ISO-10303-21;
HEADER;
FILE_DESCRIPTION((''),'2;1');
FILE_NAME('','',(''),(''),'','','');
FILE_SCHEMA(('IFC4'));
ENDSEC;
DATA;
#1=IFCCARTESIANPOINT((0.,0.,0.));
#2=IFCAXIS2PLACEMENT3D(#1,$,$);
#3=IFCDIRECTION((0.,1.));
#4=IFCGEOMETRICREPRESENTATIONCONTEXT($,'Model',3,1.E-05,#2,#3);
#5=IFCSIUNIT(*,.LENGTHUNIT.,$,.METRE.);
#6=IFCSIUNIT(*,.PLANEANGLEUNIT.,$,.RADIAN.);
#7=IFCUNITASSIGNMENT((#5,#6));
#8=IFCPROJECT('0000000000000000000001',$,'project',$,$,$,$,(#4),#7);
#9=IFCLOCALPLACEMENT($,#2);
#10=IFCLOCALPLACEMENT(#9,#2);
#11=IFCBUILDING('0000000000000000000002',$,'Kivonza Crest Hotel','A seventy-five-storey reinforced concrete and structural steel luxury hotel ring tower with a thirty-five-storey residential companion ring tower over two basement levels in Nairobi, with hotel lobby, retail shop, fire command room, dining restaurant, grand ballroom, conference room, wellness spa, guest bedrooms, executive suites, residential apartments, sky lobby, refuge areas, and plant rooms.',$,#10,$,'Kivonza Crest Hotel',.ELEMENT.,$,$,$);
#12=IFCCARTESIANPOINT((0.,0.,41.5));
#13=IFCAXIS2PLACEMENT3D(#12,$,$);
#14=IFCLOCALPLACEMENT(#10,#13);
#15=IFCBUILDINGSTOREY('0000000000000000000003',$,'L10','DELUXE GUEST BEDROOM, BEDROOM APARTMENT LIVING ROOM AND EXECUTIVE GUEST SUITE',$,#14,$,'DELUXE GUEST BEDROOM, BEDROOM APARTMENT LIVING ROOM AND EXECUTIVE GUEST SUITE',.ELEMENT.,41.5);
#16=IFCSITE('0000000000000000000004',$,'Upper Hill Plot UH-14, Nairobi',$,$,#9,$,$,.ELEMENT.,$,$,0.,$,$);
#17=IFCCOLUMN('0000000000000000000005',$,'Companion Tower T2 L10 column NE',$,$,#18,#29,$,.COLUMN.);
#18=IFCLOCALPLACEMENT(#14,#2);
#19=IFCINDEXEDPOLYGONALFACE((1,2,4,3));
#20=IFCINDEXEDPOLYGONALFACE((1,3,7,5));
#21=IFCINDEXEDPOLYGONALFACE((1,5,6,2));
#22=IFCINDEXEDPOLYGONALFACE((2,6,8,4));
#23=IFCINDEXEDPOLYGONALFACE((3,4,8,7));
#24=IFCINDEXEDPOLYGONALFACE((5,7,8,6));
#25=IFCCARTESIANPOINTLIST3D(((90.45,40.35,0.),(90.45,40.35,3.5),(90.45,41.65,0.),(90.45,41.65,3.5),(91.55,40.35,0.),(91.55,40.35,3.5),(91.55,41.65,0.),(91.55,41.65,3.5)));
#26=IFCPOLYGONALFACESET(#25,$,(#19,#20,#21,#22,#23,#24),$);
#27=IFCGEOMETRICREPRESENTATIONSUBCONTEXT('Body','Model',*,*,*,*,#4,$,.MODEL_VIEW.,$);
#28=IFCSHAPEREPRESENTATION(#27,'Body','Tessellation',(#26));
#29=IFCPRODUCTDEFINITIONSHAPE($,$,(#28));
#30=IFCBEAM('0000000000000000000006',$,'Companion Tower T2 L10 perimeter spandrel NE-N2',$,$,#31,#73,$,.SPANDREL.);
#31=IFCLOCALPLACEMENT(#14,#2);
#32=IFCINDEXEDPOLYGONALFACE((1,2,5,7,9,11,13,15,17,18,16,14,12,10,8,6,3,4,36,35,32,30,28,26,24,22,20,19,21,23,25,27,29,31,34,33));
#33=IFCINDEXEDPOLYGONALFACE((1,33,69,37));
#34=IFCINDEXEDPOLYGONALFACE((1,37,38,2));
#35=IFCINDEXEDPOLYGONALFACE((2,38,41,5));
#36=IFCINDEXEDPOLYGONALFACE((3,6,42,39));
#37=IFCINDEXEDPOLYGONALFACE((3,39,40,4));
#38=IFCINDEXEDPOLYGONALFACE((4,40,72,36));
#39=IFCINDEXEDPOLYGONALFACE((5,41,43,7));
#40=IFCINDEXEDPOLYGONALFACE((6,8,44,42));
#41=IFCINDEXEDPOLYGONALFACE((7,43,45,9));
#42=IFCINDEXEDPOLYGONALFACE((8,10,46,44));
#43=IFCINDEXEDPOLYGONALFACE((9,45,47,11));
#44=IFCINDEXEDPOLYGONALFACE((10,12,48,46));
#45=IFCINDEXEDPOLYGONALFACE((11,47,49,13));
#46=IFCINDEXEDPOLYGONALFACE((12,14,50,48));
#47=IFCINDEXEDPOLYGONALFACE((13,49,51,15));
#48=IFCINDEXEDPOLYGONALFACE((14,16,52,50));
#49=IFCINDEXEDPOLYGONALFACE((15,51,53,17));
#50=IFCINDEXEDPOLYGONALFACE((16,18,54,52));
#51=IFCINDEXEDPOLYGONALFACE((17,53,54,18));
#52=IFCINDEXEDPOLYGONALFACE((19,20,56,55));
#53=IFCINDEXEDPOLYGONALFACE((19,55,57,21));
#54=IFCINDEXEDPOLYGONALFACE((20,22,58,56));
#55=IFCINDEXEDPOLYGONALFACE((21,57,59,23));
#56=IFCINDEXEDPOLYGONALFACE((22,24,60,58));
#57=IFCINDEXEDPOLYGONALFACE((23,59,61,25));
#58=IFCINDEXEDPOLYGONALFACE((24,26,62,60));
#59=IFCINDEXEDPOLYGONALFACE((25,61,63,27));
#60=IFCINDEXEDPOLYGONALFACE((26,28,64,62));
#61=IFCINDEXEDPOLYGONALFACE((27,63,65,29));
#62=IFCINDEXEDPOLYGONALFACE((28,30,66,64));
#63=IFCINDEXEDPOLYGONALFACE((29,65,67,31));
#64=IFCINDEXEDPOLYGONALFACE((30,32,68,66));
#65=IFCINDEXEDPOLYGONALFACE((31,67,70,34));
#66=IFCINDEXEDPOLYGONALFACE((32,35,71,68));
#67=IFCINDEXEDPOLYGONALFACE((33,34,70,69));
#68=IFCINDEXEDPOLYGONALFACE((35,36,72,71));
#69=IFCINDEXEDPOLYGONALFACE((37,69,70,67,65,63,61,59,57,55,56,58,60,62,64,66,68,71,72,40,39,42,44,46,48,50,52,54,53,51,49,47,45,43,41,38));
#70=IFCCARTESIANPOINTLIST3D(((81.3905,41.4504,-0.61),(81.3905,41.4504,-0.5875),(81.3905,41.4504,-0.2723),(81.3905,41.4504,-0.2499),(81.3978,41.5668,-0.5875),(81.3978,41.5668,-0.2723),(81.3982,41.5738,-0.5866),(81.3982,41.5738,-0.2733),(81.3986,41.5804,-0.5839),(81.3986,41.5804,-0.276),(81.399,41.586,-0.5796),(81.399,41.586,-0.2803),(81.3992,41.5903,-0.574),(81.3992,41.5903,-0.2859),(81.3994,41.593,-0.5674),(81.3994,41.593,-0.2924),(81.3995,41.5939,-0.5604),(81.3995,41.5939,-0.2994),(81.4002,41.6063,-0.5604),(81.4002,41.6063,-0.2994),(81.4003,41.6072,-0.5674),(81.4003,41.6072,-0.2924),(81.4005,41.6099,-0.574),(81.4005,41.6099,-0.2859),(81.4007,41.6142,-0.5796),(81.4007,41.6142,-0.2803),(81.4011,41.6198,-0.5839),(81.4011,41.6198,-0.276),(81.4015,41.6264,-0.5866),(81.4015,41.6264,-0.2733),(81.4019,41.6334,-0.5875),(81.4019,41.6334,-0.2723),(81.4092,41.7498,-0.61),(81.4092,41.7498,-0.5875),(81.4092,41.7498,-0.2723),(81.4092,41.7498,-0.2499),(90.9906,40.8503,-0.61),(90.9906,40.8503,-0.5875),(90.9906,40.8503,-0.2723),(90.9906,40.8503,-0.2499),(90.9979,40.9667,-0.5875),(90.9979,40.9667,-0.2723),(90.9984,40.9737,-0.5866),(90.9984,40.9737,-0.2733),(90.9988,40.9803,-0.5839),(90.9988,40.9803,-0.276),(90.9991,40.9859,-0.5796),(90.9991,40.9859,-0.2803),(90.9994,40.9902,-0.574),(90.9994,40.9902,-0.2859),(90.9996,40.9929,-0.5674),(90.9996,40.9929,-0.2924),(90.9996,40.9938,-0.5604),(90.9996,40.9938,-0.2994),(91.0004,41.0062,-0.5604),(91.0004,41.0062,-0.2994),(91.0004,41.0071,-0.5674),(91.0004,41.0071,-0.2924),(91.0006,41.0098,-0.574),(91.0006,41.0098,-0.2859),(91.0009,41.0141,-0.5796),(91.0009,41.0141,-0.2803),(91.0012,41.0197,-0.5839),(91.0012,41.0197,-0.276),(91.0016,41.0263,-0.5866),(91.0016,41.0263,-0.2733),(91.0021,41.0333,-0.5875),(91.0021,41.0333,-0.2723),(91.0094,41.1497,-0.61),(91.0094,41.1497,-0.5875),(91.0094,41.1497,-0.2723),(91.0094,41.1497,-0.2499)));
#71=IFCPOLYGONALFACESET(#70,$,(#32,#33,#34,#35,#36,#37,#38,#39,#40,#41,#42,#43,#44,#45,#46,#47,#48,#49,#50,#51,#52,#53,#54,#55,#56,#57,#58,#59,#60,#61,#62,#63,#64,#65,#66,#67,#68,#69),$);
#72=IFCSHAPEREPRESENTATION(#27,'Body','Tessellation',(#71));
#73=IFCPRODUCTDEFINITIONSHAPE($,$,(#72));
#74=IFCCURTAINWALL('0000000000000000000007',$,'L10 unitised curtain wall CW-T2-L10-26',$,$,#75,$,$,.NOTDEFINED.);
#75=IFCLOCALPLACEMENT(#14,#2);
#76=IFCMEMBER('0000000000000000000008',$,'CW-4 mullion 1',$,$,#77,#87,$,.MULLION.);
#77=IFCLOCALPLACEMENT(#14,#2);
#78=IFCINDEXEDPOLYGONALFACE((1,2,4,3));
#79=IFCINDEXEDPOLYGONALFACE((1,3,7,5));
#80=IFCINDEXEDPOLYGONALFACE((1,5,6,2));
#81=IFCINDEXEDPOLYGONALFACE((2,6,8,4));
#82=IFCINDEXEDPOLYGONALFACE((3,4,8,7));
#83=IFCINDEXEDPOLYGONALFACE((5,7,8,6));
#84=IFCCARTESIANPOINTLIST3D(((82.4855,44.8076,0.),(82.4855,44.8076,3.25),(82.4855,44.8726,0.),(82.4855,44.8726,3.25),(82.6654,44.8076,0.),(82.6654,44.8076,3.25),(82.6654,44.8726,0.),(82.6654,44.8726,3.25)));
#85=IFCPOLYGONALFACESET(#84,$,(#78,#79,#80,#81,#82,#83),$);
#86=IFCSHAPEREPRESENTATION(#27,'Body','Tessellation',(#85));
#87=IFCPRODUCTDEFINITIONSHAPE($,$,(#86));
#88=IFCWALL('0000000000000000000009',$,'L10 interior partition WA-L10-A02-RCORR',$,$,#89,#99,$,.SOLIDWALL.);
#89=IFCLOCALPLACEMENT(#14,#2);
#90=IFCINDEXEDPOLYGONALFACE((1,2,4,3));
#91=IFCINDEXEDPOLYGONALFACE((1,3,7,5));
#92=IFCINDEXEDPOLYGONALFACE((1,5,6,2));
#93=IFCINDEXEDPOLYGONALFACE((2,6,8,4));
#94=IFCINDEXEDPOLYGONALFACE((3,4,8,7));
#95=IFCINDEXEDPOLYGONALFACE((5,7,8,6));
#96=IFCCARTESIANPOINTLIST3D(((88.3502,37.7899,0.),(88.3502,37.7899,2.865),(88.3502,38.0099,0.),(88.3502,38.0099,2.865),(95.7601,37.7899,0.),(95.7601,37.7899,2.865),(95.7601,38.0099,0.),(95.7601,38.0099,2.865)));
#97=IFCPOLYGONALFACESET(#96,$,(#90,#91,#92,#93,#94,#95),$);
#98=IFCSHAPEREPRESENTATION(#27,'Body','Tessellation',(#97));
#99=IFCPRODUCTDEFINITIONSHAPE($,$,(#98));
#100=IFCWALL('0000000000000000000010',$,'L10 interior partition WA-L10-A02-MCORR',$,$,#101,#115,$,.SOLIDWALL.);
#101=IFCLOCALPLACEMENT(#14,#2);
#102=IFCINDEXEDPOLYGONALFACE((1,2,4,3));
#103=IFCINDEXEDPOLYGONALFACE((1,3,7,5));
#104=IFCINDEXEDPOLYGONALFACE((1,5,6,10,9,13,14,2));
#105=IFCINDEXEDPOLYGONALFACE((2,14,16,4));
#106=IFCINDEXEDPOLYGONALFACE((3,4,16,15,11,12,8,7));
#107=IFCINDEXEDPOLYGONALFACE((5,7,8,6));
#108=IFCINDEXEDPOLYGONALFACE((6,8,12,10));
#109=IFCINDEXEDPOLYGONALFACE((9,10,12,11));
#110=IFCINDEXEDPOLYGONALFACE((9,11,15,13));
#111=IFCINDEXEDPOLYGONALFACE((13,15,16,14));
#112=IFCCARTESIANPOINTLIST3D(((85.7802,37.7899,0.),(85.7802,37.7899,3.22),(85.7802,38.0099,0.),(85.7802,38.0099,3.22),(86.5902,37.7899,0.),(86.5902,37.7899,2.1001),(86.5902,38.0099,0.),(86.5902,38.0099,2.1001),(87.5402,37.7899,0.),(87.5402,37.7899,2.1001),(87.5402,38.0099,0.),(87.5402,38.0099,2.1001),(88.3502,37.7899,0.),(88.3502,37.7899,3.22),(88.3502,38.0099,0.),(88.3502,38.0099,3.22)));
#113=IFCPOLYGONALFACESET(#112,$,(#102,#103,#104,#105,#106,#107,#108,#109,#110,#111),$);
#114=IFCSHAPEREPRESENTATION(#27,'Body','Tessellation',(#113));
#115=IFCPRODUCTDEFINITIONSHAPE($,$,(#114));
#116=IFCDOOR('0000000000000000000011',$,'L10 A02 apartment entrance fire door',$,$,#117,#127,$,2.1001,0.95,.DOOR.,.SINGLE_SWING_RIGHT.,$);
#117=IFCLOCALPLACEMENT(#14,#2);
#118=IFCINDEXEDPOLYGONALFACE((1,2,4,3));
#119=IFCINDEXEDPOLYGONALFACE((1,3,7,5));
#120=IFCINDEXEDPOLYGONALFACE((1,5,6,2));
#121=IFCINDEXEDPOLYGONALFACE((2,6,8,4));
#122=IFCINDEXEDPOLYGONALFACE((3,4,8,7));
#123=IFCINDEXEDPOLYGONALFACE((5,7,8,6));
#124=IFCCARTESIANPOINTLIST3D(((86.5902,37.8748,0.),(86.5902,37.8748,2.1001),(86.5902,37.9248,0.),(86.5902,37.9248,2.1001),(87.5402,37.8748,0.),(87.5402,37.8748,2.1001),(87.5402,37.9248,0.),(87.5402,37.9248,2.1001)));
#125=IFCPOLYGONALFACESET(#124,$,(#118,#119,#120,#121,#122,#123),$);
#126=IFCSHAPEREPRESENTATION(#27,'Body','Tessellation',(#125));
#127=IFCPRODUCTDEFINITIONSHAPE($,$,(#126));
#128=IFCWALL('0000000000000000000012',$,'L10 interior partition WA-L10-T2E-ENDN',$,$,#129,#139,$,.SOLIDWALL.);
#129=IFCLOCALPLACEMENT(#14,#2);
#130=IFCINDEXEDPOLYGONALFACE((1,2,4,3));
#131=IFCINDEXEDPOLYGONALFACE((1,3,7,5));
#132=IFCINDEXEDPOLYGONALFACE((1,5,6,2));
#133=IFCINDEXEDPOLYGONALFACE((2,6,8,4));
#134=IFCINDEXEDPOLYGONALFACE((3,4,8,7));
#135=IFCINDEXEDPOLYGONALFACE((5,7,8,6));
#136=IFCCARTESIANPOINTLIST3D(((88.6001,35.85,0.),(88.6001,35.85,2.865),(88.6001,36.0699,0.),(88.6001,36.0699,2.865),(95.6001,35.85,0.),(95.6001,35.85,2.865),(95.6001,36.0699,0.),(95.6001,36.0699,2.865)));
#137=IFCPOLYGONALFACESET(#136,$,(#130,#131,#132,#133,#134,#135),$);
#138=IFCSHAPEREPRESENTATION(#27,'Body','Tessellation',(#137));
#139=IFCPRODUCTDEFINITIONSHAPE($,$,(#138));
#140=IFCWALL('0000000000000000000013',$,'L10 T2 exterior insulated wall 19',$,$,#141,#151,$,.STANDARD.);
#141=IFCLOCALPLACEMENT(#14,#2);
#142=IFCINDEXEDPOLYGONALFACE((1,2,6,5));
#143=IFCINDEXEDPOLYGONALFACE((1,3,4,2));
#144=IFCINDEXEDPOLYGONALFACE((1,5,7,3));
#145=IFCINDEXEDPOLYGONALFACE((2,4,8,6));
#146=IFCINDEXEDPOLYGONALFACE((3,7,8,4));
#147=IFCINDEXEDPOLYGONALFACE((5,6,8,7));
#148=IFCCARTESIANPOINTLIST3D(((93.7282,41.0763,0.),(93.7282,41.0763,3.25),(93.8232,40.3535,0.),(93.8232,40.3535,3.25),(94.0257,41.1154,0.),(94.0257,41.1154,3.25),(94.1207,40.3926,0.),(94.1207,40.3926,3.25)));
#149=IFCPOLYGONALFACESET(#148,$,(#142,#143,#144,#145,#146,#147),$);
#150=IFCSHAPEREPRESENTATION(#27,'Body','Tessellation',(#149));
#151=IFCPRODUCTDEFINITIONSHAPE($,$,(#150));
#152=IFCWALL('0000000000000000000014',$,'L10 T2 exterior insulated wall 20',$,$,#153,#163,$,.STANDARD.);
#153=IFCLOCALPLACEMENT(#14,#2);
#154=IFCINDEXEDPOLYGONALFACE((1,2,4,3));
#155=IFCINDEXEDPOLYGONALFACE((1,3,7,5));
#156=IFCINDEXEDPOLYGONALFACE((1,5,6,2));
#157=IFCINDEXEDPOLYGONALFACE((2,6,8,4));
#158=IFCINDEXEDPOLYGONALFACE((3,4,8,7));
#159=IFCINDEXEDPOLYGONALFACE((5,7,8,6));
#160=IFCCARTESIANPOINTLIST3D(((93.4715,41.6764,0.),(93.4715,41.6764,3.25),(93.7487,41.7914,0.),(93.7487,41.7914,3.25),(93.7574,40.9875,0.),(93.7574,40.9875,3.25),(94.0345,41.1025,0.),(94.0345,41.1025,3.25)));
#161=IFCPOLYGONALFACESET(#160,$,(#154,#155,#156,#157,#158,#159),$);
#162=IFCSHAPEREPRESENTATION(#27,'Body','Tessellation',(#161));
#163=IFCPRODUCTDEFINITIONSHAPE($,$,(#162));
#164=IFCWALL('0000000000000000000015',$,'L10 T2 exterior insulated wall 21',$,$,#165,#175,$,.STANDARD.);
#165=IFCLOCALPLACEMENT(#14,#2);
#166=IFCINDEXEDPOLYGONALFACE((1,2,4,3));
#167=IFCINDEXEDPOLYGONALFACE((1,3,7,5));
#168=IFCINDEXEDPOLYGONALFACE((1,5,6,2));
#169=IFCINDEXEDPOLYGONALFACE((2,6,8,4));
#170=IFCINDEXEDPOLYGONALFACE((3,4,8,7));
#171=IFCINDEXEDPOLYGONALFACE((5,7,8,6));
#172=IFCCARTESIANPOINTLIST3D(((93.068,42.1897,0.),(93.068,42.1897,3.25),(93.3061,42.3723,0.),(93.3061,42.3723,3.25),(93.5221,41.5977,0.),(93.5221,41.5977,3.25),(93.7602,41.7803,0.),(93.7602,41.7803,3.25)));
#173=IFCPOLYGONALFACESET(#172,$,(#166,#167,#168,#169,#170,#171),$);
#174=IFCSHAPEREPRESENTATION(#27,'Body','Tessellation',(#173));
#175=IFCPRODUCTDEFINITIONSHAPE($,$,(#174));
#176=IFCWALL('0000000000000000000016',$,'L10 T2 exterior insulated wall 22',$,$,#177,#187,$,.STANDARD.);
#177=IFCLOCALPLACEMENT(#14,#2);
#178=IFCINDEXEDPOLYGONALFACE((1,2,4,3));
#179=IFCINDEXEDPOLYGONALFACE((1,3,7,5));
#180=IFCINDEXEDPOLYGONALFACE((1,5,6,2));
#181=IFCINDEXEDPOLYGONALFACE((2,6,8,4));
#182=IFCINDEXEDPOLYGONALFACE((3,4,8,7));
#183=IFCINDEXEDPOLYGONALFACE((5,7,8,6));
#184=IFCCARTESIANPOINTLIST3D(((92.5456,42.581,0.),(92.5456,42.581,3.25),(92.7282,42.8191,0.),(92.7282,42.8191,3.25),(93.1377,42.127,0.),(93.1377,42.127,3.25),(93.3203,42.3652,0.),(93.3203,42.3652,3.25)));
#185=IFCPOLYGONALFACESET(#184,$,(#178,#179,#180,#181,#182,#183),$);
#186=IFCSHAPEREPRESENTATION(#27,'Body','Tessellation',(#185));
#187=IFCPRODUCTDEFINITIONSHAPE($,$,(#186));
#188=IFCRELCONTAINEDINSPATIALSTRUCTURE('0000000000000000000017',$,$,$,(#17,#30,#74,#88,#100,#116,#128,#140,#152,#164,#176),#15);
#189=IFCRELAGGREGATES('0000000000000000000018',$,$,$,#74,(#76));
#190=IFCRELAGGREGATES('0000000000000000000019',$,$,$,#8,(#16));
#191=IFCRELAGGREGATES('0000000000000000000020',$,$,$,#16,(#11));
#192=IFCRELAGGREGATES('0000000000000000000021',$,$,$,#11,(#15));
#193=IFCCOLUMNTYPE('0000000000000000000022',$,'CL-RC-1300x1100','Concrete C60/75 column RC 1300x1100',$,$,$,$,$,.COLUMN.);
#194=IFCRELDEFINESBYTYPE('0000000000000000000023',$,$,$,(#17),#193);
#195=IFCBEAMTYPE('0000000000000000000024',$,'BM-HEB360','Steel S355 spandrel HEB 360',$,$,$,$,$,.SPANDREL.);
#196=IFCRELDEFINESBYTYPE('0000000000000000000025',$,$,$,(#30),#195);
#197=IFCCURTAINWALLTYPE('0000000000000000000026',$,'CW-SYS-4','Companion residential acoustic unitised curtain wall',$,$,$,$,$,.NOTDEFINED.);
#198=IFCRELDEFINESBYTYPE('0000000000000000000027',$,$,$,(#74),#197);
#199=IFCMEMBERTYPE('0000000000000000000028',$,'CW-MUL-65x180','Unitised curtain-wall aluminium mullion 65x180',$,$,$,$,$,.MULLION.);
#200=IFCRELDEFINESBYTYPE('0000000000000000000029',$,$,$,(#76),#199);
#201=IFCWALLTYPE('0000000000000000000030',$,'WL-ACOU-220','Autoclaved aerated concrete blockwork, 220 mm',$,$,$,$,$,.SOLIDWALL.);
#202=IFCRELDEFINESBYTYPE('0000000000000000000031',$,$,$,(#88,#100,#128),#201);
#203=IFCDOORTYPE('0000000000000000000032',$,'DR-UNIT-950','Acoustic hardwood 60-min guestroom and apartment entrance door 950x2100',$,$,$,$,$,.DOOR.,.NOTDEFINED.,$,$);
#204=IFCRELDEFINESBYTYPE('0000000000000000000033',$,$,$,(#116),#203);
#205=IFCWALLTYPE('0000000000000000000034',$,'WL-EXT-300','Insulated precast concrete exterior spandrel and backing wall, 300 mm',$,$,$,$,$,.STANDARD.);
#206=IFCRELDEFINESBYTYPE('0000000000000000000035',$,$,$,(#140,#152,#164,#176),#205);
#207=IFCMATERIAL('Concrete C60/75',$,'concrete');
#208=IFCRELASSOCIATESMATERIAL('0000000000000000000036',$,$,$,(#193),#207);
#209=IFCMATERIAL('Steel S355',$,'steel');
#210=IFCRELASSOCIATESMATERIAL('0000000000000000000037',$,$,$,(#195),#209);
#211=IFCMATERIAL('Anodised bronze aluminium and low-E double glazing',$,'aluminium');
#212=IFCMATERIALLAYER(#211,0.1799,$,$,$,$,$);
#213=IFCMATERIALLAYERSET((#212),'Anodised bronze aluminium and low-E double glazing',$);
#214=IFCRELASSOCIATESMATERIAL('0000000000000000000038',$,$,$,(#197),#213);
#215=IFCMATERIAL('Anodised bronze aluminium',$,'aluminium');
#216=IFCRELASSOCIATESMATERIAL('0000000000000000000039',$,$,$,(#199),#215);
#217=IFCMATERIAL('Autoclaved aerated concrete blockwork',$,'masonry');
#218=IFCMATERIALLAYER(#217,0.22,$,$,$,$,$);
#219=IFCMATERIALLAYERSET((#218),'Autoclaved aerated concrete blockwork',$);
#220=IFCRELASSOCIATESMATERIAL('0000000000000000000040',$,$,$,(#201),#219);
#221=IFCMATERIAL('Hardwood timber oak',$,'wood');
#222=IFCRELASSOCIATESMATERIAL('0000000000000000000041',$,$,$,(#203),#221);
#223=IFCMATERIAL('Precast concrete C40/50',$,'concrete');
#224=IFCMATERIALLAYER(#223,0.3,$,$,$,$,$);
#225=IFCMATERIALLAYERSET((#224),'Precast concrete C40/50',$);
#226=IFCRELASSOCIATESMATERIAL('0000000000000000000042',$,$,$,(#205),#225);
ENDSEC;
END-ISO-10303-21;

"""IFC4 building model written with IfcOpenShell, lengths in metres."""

from ifc_helpers import new_model, si_unit, direction, frame, frame_2d, origin, origin_2d, place, context, subcontext, project, spatial, rectangle, i_section, extrude, material, layer, layer_set, material_profile, profile_set, type_object, element, fill, aggregate, save


model = new_model("IFC4")

# Units and contexts
model_context = context("Model", 3, precision=1e-05, world=origin(), true_north=direction((0.0, 1.0)))
body_context = subcontext(model_context, "Body", "Model", "MODEL_VIEW")
ifc_project = project(units=[si_unit("LENGTHUNIT", "METRE"), si_unit("PLANEANGLEUNIT", "RADIAN")], contexts=[model_context])

# Site, building, storey
site_placement = place(None, origin())
site = spatial("IfcSite", under=ifc_project, at=site_placement, Name="Upper Hill Plot UH-14, Nairobi", CompositionType="ELEMENT", RefElevation=0.0)
building_placement = place(site_placement, origin())
building = spatial("IfcBuilding", under=site, at=building_placement, Name="Kivonza Crest Hotel", Description="A seventy-five-storey reinforced concrete and structural steel luxury hotel ring tower with a thirty-five-storey residential companion ring tower over two basement levels in Nairobi, with hotel lobby, retail shop, fire command room, dining restaurant, grand ballroom, conference room, wellness spa, guest bedrooms, executive suites, residential apartments, sky lobby, refuge areas, and plant rooms.", LongName="Kivonza Crest Hotel", CompositionType="ELEMENT")
storey_placement = place(building_placement, frame((0.0, 0.0, 41.5)))
storey = spatial("IfcBuildingStorey", under=building, at=storey_placement, Name="L10", Description="DELUXE GUEST BEDROOM, BEDROOM APARTMENT LIVING ROOM AND EXECUTIVE GUEST SUITE", LongName="DELUXE GUEST BEDROOM, BEDROOM APARTMENT LIVING ROOM AND EXECUTIVE GUEST SUITE", CompositionType="ELEMENT", Elevation=41.5)

# Column
ifc_material_1 = material(Name="Concrete C60/75", Category="concrete")
ifc_material_profile_1 = material_profile(ifc_material_1, rectangle(XDim=1.1001, YDim=1.3, at=origin_2d()), Name="RC 1300x1100")
ifc_profile_set_1 = profile_set([ifc_material_profile_1], Name="Concrete C60/75")
column_type = type_object("IfcColumnType", Name="CL-RC-1300x1100", Description="Concrete C60/75 column RC 1300x1100", PredefinedType="COLUMN", material=ifc_profile_set_1)
column_placement = place(storey_placement, frame((91.0, 41.0, 0.0), z_axis=(0.0, 0.0, 1.0), x_axis=(1.0, 0.0, 0.0)))
element("IfcColumn", 1, at=column_placement, inside=storey, type_object=column_type, Name="Companion Tower T2 L10 column NE", PredefinedType="COLUMN", context=body_context, shape_type="SweptSolid", body=[
    extrude(rectangle(XDim=1.1001, YDim=1.3, at=origin_2d()), origin(), (0.0, 0.0, 1.0), 3.5),
])

# Beam
ifc_material_2 = material(Name="Steel S355", Category="steel")
ifc_material_profile_2 = material_profile(ifc_material_2, i_section(OverallWidth=0.3, OverallDepth=0.3601, WebThickness=0.0125, FlangeThickness=0.0225, FilletRadius=0.0271, at=origin_2d()), Name="HEB 360")
ifc_profile_set_2 = profile_set([ifc_material_profile_2], Name="Steel S355")
beam_type = type_object("IfcBeamType", Name="BM-HEB360", Description="Steel S355 spandrel HEB 360", PredefinedType="SPANDREL", material=ifc_profile_set_2)
beam_placement = place(storey_placement, frame((91.0, 41.0, -0.4299), z_axis=(-0.998052, 0.062388, 0.0), x_axis=(-0.062388, -0.998052, 0.0)))
element("IfcBeam", 2, at=beam_placement, inside=storey, type_object=beam_type, Name="Companion Tower T2 L10 perimeter spandrel NE-N2", PredefinedType="SPANDREL", context=body_context, shape_type="SweptSolid", body=[
    extrude(i_section(OverallWidth=0.3, OverallDepth=0.3601, WebThickness=0.0125, FlangeThickness=0.0225, FilletRadius=0.0271, at=origin_2d()), origin(), (0.0, 0.0, 1.0), 9.6189),
])

# Curtain wall, member
ifc_material_3 = material(Name="Anodised bronze aluminium and low-E double glazing", Category="aluminium")
ifc_layer_1 = layer(ifc_material_3, 0.1799)
ifc_layer_set_1 = layer_set([ifc_layer_1], Name="Anodised bronze aluminium and low-E double glazing")
curtain_wall_type = type_object("IfcCurtainWallType", Name="CW-SYS-4", Description="Companion residential acoustic unitised curtain wall", PredefinedType="NOTDEFINED", material=ifc_layer_set_1)
curtain_wall_placement = place(storey_placement, origin())
curtain_wall = element("IfcCurtainWall", 3, at=curtain_wall_placement, inside=storey, type_object=curtain_wall_type, Name="L10 unitised curtain wall CW-T2-L10-26", PredefinedType="NOTDEFINED")
ifc_material_4 = material(Name="Anodised bronze aluminium", Category="aluminium")
ifc_material_profile_3 = material_profile(ifc_material_4, rectangle(XDim=0.0649, YDim=0.1799, at=origin_2d()), Name="CW-M 65x180")
ifc_profile_set_3 = profile_set([ifc_material_profile_3], Name="Anodised bronze aluminium")
member_type = type_object("IfcMemberType", Name="CW-MUL-65x180", Description="Unitised curtain-wall aluminium mullion 65x180", PredefinedType="MULLION", material=ifc_profile_set_3)
member_placement = place(storey_placement, frame((82.5754, 44.8401, 0.0), z_axis=(0.0, 0.0, 1.0), x_axis=(0.0, -1.0, 0.0)))
member = element("IfcMember", 4, at=member_placement, type_object=member_type, Name="CW-4 mullion 1", PredefinedType="MULLION", context=body_context, shape_type="SweptSolid", body=[
    extrude(rectangle(XDim=0.0649, YDim=0.1799, at=origin_2d()), origin(), (0.0, 0.0, 1.0), 3.25),
])
aggregate(curtain_wall, [member])

# Wall
ifc_material_5 = material(Name="Autoclaved aerated concrete blockwork", Category="masonry")
ifc_layer_2 = layer(ifc_material_5, 0.22)
ifc_layer_set_2 = layer_set([ifc_layer_2], Name="Autoclaved aerated concrete blockwork")
wall_type_1 = type_object("IfcWallType", Name="WL-ACOU-220", Description="Autoclaved aerated concrete blockwork, 220 mm", PredefinedType="SOLIDWALL", material=ifc_layer_set_2)
wall_1_placement = place(storey_placement, frame((88.3501, 37.8999, 0.0), z_axis=(0.0, 0.0, 1.0), x_axis=(1.0, 0.0, 0.0)))
element("IfcWall", 5, at=wall_1_placement, inside=storey, type_object=wall_type_1, Name="L10 interior partition WA-L10-A02-RCORR", PredefinedType="SOLIDWALL", context=body_context, shape_type="SweptSolid", body=[
    extrude(rectangle(XDim=7.4099, YDim=0.22, at=frame_2d((3.7051, 0.0))), origin(), (0.0, 0.0, 1.0), 2.865),
])

# Wall, opening, door
wall_2_placement = place(storey_placement, frame((85.78, 37.8999, 0.0), z_axis=(0.0, 0.0, 1.0), x_axis=(1.0, 0.0, 0.0)))
wall_2 = element("IfcWall", 6, at=wall_2_placement, inside=storey, type_object=wall_type_1, Name="L10 interior partition WA-L10-A02-MCORR", PredefinedType="SOLIDWALL", context=body_context, shape_type="SweptSolid", body=[
    extrude(rectangle(XDim=2.5701, YDim=0.22, at=frame_2d((1.2852, 0.0))), origin(), (0.0, 0.0, 1.0), 3.22),
])
opening_1_placement = place(wall_2_placement, frame((0.8101, 0.0, 0.0)))
opening_1 = element("IfcOpeningElement", 7, at=opening_1_placement, cuts=wall_2, PredefinedType="OPENING", context=body_context, shape_type="SweptSolid", body=[
    extrude(rectangle(XDim=0.95, YDim=2.1001, at=frame_2d((0.4751, 1.05))), frame((0.0, 0.1201, 0.0), z_axis=(0.0, -1.0, 0.0), x_axis=(1.0, 0.0, 0.0)), (0.0, 0.0, 1.0), 0.24),
])
ifc_material_6 = material(Name="Hardwood timber oak", Category="wood")
door_type_1 = type_object("IfcDoorType", Name="DR-UNIT-950", Description="Acoustic hardwood 60-min guestroom and apartment entrance door 950x2100", OperationType="NOTDEFINED", PredefinedType="DOOR", material=ifc_material_6)
door_1_placement = place(opening_1_placement, origin())
door_1 = element("IfcDoor", 8, at=door_1_placement, inside=storey, type_object=door_type_1, Name="L10 A02 apartment entrance fire door", OperationType="SINGLE_SWING_RIGHT", OverallHeight=2.1001, OverallWidth=0.95, PredefinedType="DOOR", context=body_context, shape_type="SweptSolid", body=[
    extrude(rectangle(XDim=0.95, YDim=2.1001, at=frame_2d((0.4751, 1.05))), frame((0.0, 0.0249, 0.0), z_axis=(0.0, -1.0, 0.0), x_axis=(1.0, 0.0, 0.0)), (0.0, 0.0, 1.0), 0.05),
])
fill(opening_1, door_1)

# Walls
wall_3_placement = place(storey_placement, frame((88.6001, 35.96, 0.0), z_axis=(0.0, 0.0, 1.0), x_axis=(1.0, 0.0, 0.0)))
element("IfcWall", 9, at=wall_3_placement, inside=storey, type_object=wall_type_1, Name="L10 interior partition WA-L10-T2E-ENDN", PredefinedType="SOLIDWALL", context=body_context, shape_type="SweptSolid", body=[
    extrude(rectangle(XDim=7.0, YDim=0.22, at=frame_2d((3.5, 0.0))), origin(), (0.0, 0.0, 1.0), 2.865),
])
ifc_material_7 = material(Name="Precast concrete C40/50", Category="concrete")
ifc_layer_3 = layer(ifc_material_7, 0.3)
ifc_layer_set_3 = layer_set([ifc_layer_3], Name="Precast concrete C40/50")
wall_type_2 = type_object("IfcWallType", Name="WL-EXT-300", Description="Insulated precast concrete exterior spandrel and backing wall, 300 mm", PredefinedType="STANDARD", material=ifc_layer_set_3)
wall_4_placement = place(storey_placement, frame((93.9719, 40.373, 0.0), z_axis=(0.0, 0.0, 1.0), x_axis=(-0.130255, 0.99148, 0.0)))
element("IfcWall", 10, at=wall_4_placement, inside=storey, type_object=wall_type_2, Name="L10 T2 exterior insulated wall 19", PredefinedType="STANDARD", context=body_context, shape_type="SweptSolid", body=[
    extrude(rectangle(XDim=0.729, YDim=0.3, at=frame_2d((0.3645, 0.0))), origin(), (0.0, 0.0, 1.0), 3.25),
])
wall_5_placement = place(storey_placement, frame((93.896, 41.0449, 0.0), z_axis=(0.0, 0.0, 1.0), x_axis=(-0.383267, 0.923638, 0.0)))
element("IfcWall", 11, at=wall_5_placement, inside=storey, type_object=wall_type_2, Name="L10 T2 exterior insulated wall 20", PredefinedType="STANDARD", context=body_context, shape_type="SweptSolid", body=[
    extrude(rectangle(XDim=0.7458, YDim=0.3, at=frame_2d((0.373, 0.0))), origin(), (0.0, 0.0, 1.0), 3.25),
])
for number, where, z_axis, x_axis, name in (
    (12, (93.6411, 41.689, 0.0), (0.0, 0.0, 1.0), (-0.608603, 0.793475, 0.0), "L10 T2 exterior insulated wall 21"),
    (13, (93.229, 42.2461, 0.0), (0.0, 0.0, 1.0), (-0.793633, 0.608397, 0.0), "L10 T2 exterior insulated wall 22"),
):
    element("IfcWall", number, at=place(storey_placement, frame(where, z_axis=z_axis, x_axis=x_axis)), inside=storey, type_object=wall_type_2, Name=name, PredefinedType="STANDARD", context=body_context, shape_type="SweptSolid", body=[
        extrude(rectangle(XDim=0.7461, YDim=0.3, at=frame_2d((0.373, 0.0))), origin(), (0.0, 0.0, 1.0), 3.25),
    ])

save(model, "model.ifc")
